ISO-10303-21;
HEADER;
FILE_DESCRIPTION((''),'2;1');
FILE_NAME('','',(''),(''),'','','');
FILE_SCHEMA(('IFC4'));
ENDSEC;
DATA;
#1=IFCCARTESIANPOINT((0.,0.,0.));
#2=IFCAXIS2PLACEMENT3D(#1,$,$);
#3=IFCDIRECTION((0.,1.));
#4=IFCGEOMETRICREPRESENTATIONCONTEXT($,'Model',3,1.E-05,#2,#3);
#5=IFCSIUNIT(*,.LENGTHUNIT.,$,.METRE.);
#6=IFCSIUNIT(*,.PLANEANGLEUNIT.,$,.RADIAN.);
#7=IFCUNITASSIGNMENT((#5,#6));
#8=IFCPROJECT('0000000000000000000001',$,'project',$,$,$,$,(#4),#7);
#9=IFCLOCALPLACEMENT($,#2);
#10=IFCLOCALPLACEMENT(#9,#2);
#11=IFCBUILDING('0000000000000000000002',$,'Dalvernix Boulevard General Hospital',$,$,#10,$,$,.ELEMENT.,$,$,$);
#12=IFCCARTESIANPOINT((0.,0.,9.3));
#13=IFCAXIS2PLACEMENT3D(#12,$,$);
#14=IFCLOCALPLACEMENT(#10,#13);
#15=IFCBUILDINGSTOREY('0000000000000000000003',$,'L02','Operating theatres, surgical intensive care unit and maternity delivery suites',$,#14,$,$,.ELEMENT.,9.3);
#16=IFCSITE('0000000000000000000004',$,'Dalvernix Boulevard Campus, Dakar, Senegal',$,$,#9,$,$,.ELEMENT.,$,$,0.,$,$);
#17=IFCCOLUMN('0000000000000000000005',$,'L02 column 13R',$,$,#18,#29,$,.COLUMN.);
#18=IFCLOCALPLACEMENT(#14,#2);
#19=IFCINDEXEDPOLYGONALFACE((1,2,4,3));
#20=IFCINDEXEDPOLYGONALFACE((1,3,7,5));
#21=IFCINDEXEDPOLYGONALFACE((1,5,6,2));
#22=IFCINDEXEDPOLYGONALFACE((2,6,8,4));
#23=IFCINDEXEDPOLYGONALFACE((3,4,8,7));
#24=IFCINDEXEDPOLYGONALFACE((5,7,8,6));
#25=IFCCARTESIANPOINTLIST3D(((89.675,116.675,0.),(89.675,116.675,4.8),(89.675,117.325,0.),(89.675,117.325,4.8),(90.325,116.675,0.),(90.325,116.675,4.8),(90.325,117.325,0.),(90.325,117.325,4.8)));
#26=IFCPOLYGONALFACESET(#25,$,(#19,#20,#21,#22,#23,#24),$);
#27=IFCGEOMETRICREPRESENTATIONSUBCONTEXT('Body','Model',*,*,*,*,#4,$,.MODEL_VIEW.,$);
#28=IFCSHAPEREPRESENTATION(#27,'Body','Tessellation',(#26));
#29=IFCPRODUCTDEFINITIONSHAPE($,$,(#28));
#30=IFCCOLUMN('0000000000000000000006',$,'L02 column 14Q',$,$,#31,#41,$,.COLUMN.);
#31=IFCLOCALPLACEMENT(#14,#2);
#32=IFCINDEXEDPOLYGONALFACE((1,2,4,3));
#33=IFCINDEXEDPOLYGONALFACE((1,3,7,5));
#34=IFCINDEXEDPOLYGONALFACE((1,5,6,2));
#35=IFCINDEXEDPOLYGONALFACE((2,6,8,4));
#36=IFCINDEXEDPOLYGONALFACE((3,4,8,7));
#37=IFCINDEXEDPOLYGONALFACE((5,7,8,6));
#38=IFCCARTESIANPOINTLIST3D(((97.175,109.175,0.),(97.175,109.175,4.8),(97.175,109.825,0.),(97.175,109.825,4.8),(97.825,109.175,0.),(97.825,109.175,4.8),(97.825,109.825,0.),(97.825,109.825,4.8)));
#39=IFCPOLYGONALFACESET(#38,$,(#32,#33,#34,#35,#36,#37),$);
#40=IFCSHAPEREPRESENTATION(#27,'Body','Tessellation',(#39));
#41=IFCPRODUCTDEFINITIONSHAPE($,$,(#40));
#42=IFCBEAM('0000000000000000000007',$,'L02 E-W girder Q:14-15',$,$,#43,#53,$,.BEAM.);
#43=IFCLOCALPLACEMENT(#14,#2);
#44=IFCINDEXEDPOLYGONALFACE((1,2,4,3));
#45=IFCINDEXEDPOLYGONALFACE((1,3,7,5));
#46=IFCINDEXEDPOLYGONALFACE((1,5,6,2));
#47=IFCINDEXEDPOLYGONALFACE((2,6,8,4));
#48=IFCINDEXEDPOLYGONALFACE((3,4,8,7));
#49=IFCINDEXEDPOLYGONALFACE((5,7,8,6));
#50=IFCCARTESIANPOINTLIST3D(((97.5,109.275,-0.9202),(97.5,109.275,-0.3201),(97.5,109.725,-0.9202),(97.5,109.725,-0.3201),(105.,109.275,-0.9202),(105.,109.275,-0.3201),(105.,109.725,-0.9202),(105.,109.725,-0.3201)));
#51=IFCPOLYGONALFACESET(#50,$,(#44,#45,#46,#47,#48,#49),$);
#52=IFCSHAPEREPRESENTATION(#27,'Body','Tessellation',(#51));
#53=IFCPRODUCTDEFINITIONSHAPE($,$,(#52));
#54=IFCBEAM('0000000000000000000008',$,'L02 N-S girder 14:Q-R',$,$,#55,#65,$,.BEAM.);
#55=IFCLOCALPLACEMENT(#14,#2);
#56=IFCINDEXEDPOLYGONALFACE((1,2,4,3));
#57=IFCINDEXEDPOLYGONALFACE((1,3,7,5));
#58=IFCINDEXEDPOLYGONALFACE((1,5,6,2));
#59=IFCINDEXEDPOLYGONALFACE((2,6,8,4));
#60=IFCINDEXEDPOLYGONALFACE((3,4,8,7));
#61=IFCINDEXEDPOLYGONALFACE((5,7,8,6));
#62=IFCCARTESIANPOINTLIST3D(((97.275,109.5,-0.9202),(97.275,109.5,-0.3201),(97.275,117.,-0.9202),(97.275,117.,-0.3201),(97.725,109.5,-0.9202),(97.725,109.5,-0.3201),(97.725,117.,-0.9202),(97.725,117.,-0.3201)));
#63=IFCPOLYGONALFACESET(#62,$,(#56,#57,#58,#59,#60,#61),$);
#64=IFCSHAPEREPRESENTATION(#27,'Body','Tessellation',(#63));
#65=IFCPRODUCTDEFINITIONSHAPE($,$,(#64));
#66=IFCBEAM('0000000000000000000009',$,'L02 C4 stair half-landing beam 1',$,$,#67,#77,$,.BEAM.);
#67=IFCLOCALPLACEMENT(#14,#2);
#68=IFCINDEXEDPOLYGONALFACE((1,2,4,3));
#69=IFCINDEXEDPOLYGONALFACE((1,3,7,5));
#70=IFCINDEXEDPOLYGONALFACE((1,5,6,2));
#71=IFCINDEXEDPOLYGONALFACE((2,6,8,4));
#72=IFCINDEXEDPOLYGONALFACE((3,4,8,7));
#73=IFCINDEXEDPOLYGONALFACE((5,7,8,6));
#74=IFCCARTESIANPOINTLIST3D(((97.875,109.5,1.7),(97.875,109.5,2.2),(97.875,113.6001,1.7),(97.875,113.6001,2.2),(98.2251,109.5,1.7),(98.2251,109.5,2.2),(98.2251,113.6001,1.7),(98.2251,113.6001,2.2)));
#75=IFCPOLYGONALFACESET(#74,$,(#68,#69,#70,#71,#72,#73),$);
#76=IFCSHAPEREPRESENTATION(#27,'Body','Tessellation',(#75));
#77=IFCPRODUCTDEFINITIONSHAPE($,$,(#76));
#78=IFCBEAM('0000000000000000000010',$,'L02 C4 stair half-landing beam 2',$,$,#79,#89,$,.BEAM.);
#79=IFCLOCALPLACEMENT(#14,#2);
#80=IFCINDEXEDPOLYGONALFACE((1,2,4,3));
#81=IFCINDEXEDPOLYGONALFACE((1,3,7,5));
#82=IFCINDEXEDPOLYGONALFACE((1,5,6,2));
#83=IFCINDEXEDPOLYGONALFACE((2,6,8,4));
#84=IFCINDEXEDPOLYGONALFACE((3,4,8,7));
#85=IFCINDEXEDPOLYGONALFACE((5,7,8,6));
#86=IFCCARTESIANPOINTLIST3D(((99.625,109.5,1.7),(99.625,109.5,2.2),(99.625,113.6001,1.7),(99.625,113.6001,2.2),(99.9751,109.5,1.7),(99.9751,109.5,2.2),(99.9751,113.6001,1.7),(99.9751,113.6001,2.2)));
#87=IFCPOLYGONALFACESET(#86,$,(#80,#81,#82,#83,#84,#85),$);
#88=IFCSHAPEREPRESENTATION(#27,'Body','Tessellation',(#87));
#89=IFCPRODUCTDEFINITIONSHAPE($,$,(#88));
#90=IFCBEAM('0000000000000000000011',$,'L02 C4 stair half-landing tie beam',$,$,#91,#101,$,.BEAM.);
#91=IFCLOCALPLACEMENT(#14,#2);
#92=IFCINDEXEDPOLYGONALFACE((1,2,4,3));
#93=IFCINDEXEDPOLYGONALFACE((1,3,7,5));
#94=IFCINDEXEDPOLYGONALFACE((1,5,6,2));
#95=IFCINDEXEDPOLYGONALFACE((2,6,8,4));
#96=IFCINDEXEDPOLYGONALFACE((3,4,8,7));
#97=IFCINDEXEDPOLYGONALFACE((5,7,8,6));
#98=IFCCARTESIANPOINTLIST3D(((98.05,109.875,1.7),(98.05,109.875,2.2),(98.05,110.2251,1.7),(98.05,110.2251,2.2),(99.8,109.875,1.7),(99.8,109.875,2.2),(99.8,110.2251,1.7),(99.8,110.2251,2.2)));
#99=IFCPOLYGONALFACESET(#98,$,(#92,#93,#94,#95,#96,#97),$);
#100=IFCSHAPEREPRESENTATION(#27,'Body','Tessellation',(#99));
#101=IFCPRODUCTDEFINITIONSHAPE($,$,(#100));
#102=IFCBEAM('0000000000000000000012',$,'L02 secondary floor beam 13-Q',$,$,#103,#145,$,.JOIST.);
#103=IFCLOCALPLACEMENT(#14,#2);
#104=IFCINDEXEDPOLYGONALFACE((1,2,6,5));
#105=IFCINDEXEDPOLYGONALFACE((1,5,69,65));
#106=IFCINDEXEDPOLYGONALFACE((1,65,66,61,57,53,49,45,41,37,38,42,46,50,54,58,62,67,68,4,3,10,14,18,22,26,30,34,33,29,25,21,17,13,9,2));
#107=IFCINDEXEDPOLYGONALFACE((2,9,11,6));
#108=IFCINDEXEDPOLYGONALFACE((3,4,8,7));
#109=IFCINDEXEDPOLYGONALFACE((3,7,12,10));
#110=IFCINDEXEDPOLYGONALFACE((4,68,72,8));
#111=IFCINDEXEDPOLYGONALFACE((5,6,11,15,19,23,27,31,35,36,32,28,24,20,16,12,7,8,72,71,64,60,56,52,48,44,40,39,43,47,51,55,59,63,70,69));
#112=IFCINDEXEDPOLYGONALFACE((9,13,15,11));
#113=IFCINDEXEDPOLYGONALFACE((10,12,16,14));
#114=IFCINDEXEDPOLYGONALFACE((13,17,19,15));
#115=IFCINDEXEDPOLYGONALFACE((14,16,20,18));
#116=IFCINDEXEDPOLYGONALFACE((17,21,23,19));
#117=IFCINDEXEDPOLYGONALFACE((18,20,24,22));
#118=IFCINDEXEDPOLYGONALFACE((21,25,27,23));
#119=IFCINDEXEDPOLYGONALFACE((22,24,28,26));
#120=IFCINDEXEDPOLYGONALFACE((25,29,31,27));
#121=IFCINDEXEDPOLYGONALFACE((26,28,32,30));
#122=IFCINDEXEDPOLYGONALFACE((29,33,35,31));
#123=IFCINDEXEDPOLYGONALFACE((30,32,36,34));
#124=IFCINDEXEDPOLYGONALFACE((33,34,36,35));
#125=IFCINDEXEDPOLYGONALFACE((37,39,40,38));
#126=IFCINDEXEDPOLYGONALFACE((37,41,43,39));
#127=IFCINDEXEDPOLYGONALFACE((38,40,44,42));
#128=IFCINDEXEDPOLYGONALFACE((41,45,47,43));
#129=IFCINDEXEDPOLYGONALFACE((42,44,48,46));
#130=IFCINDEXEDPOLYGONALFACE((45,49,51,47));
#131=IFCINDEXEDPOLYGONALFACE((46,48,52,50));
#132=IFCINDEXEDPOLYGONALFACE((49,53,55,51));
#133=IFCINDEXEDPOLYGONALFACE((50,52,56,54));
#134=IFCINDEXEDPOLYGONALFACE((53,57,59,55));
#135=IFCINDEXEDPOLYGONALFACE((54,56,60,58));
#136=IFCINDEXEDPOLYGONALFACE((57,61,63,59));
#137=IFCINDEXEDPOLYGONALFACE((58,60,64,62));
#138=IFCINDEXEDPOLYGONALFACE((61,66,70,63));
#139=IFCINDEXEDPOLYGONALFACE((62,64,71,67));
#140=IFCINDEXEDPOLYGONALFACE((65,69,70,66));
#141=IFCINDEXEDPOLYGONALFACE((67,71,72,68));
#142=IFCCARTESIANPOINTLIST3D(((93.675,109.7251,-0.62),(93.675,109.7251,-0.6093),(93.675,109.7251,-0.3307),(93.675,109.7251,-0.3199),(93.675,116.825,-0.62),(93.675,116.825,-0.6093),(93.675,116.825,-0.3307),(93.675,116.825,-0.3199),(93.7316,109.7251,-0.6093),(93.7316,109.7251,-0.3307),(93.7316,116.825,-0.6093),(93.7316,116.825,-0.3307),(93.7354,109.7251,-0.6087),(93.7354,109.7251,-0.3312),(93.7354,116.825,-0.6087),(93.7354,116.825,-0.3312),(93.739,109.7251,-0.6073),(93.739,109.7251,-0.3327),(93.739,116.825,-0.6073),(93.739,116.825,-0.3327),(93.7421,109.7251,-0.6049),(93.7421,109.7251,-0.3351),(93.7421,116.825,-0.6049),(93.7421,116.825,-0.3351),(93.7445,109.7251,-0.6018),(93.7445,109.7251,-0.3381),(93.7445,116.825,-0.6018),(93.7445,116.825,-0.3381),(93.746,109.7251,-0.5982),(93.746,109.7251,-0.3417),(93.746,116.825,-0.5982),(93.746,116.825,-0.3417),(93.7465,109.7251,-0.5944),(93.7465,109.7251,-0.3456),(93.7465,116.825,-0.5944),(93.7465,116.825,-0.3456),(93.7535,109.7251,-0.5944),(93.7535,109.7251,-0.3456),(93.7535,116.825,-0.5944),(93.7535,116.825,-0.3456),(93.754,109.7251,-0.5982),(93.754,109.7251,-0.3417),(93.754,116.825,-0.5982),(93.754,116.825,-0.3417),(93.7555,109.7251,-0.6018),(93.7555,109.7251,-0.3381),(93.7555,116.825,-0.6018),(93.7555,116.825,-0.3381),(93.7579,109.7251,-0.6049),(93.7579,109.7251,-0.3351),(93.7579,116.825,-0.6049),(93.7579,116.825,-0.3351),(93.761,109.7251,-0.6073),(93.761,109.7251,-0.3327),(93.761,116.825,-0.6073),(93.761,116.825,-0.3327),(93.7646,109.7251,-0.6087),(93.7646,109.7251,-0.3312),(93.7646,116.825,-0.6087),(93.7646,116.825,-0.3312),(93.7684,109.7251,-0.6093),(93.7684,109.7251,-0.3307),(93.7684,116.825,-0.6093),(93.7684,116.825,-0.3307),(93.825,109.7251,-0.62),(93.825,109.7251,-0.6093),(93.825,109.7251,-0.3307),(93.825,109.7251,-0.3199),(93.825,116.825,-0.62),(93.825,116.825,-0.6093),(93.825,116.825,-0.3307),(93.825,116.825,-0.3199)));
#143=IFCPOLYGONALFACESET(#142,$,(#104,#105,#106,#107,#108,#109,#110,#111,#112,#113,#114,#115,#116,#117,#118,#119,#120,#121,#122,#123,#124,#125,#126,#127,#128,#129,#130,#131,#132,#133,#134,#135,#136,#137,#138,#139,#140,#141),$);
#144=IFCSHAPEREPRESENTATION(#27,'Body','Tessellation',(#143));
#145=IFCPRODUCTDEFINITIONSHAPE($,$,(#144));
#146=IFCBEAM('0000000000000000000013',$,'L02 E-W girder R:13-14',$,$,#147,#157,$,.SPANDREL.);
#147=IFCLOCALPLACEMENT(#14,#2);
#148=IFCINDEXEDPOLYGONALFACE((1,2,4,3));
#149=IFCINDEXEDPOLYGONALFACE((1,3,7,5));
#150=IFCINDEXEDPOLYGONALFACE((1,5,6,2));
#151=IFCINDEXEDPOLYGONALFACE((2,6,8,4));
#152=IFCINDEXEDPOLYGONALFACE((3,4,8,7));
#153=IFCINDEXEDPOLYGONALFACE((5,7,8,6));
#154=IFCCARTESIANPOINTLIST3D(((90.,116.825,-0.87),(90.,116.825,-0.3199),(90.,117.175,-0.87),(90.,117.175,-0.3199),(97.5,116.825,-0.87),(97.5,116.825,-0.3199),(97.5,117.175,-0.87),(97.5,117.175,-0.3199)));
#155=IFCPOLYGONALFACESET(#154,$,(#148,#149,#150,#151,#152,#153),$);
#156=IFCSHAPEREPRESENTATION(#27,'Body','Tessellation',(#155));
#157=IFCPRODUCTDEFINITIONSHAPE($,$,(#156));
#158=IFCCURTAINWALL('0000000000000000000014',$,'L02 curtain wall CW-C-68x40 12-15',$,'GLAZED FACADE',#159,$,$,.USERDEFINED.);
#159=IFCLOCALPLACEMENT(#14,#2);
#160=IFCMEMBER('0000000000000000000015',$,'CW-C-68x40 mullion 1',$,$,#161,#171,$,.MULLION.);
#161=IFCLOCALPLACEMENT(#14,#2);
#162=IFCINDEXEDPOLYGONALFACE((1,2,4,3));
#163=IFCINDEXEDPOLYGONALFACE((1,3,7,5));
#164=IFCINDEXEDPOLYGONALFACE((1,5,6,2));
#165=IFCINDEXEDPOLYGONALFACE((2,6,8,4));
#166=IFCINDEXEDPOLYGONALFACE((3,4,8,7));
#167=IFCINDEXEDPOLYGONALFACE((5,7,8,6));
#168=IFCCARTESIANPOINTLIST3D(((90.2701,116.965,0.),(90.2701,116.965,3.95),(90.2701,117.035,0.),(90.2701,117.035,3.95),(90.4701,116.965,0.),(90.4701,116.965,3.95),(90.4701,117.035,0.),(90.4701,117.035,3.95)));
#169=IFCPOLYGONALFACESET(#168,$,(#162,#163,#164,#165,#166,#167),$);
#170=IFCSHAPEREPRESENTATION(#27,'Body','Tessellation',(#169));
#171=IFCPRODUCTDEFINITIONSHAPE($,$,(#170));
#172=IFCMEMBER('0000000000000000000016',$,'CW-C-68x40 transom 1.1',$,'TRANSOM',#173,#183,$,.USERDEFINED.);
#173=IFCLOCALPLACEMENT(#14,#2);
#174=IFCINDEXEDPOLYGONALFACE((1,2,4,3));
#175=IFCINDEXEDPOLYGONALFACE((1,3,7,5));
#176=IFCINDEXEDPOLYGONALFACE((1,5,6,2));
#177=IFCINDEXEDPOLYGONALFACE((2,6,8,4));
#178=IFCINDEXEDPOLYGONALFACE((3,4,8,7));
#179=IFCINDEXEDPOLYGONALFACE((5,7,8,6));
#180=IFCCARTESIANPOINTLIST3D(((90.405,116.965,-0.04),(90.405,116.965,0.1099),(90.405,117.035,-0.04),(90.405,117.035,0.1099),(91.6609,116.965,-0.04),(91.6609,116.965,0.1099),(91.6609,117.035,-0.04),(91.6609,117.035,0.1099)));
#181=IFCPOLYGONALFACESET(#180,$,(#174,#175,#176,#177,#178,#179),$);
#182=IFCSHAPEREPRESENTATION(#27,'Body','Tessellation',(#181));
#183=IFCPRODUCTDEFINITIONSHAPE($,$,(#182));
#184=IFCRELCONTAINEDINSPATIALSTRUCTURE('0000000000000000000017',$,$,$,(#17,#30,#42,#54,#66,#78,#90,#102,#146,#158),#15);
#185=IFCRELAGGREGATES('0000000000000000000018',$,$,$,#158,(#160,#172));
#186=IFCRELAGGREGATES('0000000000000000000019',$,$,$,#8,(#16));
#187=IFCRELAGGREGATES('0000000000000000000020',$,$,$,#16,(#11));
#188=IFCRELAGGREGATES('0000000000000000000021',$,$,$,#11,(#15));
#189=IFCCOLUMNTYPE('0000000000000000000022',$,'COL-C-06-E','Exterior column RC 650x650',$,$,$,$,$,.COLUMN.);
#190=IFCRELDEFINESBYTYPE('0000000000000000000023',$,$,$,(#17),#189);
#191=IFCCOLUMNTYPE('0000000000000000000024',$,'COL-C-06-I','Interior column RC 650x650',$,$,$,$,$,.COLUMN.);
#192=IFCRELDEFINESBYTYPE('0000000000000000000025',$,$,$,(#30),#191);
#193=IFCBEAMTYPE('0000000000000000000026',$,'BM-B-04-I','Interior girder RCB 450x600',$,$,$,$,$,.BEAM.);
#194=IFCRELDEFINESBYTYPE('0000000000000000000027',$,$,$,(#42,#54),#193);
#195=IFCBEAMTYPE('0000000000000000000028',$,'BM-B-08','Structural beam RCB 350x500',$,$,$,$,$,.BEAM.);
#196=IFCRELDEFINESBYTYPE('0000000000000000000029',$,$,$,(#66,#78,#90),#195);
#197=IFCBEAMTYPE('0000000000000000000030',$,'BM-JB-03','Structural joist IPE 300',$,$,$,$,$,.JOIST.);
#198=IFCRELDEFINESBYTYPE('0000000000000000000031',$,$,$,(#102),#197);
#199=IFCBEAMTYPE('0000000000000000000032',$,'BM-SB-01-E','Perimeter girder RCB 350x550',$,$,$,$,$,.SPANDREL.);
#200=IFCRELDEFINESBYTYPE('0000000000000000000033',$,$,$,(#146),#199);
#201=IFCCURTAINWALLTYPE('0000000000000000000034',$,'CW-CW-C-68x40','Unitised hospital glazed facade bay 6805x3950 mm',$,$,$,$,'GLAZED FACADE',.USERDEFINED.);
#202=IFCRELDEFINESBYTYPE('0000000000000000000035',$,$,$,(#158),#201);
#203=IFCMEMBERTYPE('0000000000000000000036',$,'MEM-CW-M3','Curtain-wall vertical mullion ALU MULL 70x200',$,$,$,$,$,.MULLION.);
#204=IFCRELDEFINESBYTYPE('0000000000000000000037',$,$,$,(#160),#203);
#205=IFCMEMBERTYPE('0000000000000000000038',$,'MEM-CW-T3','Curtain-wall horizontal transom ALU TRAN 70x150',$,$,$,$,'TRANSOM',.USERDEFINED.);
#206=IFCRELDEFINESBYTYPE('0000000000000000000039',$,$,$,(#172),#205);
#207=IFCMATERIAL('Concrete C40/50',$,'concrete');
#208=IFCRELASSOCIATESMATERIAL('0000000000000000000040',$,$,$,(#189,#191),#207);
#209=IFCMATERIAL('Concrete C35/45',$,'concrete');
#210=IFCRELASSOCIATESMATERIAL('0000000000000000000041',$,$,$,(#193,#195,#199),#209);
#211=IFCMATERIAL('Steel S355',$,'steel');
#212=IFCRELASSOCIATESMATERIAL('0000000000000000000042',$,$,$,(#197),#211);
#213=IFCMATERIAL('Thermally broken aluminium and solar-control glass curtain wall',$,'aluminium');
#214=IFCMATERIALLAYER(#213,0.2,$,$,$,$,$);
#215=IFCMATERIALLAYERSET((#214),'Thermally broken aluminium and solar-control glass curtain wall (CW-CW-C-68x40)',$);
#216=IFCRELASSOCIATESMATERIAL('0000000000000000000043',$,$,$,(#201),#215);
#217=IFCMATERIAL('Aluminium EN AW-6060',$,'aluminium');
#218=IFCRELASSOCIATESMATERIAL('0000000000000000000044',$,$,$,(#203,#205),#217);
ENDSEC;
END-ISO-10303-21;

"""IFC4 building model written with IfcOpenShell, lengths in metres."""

from ifc_helpers import new_model, si_unit, direction, frame, origin, origin_2d, place, context, subcontext, project, spatial, rectangle, i_section, extrude, material, layer, layer_set, material_profile, profile_set, type_object, element, aggregate, save


model = new_model("IFC4")

# Units and contexts
model_context = context("Model", 3, precision=1e-05, world=origin(), true_north=direction((0.0, 1.0)))
body_context = subcontext(model_context, "Body", "Model", "MODEL_VIEW")
ifc_project = project(units=[si_unit("LENGTHUNIT", "METRE"), si_unit("PLANEANGLEUNIT", "RADIAN")], contexts=[model_context])

# Site, building, storey
site_placement = place(None, origin())
site = spatial("IfcSite", under=ifc_project, at=site_placement, Name="Dalvernix Boulevard Campus, Dakar, Senegal", CompositionType="ELEMENT", RefElevation=0.0)
building_placement = place(site_placement, origin())
building = spatial("IfcBuilding", under=site, at=building_placement, Name="Dalvernix Boulevard General Hospital", CompositionType="ELEMENT")
storey_placement = place(building_placement, frame((0.0, 0.0, 9.3)))
storey = spatial("IfcBuildingStorey", under=building, at=storey_placement, Name="L02", Description="Operating theatres, surgical intensive care unit and maternity delivery suites", CompositionType="ELEMENT", Elevation=9.3)

# Columns
ifc_material_1 = material(Name="Concrete C40/50", Category="concrete")
ifc_material_profile_1 = material_profile(ifc_material_1, rectangle(XDim=0.6499, YDim=0.6499, at=origin_2d()), Name="RC 650x650")
ifc_profile_set_1 = profile_set([ifc_material_profile_1], Name="Concrete C40/50")
column_type_1 = type_object("IfcColumnType", Name="COL-C-06-E", Description="Exterior column RC 650x650", PredefinedType="COLUMN", material=ifc_profile_set_1)
column_1_placement = place(storey_placement, frame((90.0, 117.0, 0.0), z_axis=(0.0, 0.0, 1.0), x_axis=(1.0, 0.0, 0.0)))
element("IfcColumn", 1, at=column_1_placement, inside=storey, type_object=column_type_1, Name="L02 column 13R", PredefinedType="COLUMN", context=body_context, shape_type="SweptSolid", body=[
    extrude(rectangle(XDim=0.6499, YDim=0.6499, at=origin_2d()), origin(), (0.0, 0.0, 1.0), 4.8),
])
ifc_material_profile_2 = material_profile(ifc_material_1, rectangle(XDim=0.6499, YDim=0.6499, at=origin_2d()), Name="RC 650x650")
ifc_profile_set_2 = profile_set([ifc_material_profile_2], Name="Concrete C40/50")
column_type_2 = type_object("IfcColumnType", Name="COL-C-06-I", Description="Interior column RC 650x650", PredefinedType="COLUMN", material=ifc_profile_set_2)
column_2_placement = place(storey_placement, frame((97.5, 109.5, 0.0), z_axis=(0.0, 0.0, 1.0), x_axis=(1.0, 0.0, 0.0)))
element("IfcColumn", 2, at=column_2_placement, inside=storey, type_object=column_type_2, Name="L02 column 14Q", PredefinedType="COLUMN", context=body_context, shape_type="SweptSolid", body=[
    extrude(rectangle(XDim=0.6499, YDim=0.6499, at=origin_2d()), origin(), (0.0, 0.0, 1.0), 4.8),
])

# Beams
ifc_material_2 = material(Name="Concrete C35/45", Category="concrete")
ifc_material_profile_3 = material_profile(ifc_material_2, rectangle(XDim=0.45, YDim=0.6001, at=origin_2d()), Name="RCB 450x600")
ifc_profile_set_3 = profile_set([ifc_material_profile_3], Name="Concrete C35/45")
beam_type_1 = type_object("IfcBeamType", Name="BM-B-04-I", Description="Interior girder RCB 450x600", PredefinedType="BEAM", material=ifc_profile_set_3)
for number, where, z_axis, x_axis, name in (
    (3, (97.5, 109.5, -0.6201), (1.0, 0.0, 0.0), (0.0, 1.0, 0.0), "L02 E-W girder Q:14-15"),
    (4, (97.5, 109.5, -0.6201), (0.0, 1.0, 0.0), (-1.0, 0.0, 0.0), "L02 N-S girder 14:Q-R"),
):
    element("IfcBeam", number, at=place(storey_placement, frame(where, z_axis=z_axis, x_axis=x_axis)), inside=storey, type_object=beam_type_1, Name=name, PredefinedType="BEAM", context=body_context, shape_type="SweptSolid", body=[
        extrude(rectangle(XDim=0.45, YDim=0.6001, at=origin_2d()), origin(), (0.0, 0.0, 1.0), 7.5),
    ])
ifc_material_profile_4 = material_profile(ifc_material_2, rectangle(XDim=0.3501, YDim=0.5, at=origin_2d()), Name="RCB 350x500")
ifc_profile_set_4 = profile_set([ifc_material_profile_4], Name="Concrete C35/45")
beam_type_2 = type_object("IfcBeamType", Name="BM-B-08", Description="Structural beam RCB 350x500", PredefinedType="BEAM", material=ifc_profile_set_4)
for number, where, z_axis, x_axis, name in (
    (5, (98.05, 109.5, 1.95), (0.0, 1.0, 0.0), (-1.0, 0.0, 0.0), "L02 C4 stair half-landing beam 1"),
    (6, (99.8, 109.5, 1.95), (0.0, 1.0, 0.0), (-1.0, 0.0, 0.0), "L02 C4 stair half-landing beam 2"),
):
    element("IfcBeam", number, at=place(storey_placement, frame(where, z_axis=z_axis, x_axis=x_axis)), inside=storey, type_object=beam_type_2, Name=name, PredefinedType="BEAM", context=body_context, shape_type="SweptSolid", body=[
        extrude(rectangle(XDim=0.3501, YDim=0.5, at=origin_2d()), origin(), (0.0, 0.0, 1.0), 4.1001),
    ])
beam_1_placement = place(storey_placement, frame((98.05, 110.05, 1.95), z_axis=(1.0, 0.0, 0.0), x_axis=(0.0, 1.0, 0.0)))
element("IfcBeam", 7, at=beam_1_placement, inside=storey, type_object=beam_type_2, Name="L02 C4 stair half-landing tie beam", PredefinedType="BEAM", context=body_context, shape_type="SweptSolid", body=[
    extrude(rectangle(XDim=0.3501, YDim=0.5, at=origin_2d()), origin(), (0.0, 0.0, 1.0), 1.75),
])
ifc_material_3 = material(Name="Steel S355", Category="steel")
ifc_material_profile_5 = material_profile(ifc_material_3, i_section(OverallWidth=0.1499, OverallDepth=0.3, WebThickness=0.0071, FlangeThickness=0.0107, FilletRadius=0.0149, at=origin_2d()), Name="IPE 300")
ifc_profile_set_5 = profile_set([ifc_material_profile_5], Name="Steel S355")
beam_type_3 = type_object("IfcBeamType", Name="BM-JB-03", Description="Structural joist IPE 300", PredefinedType="JOIST", material=ifc_profile_set_5)
beam_2_placement = place(storey_placement, frame((93.75, 109.7251, -0.47), z_axis=(0.0, 1.0, 0.0), x_axis=(-1.0, 0.0, 0.0)))
element("IfcBeam", 8, at=beam_2_placement, inside=storey, type_object=beam_type_3, Name="L02 secondary floor beam 13-Q", PredefinedType="JOIST", context=body_context, shape_type="SweptSolid", body=[
    extrude(i_section(OverallWidth=0.1499, OverallDepth=0.3, WebThickness=0.0071, FlangeThickness=0.0107, FilletRadius=0.0149, at=origin_2d()), origin(), (0.0, 0.0, 1.0), 7.0999),
])
ifc_material_profile_6 = material_profile(ifc_material_2, rectangle(XDim=0.3501, YDim=0.55, at=origin_2d()), Name="RCB 350x550")
ifc_profile_set_6 = profile_set([ifc_material_profile_6], Name="Concrete C35/45")
beam_type_4 = type_object("IfcBeamType", Name="BM-SB-01-E", Description="Perimeter girder RCB 350x550", PredefinedType="SPANDREL", material=ifc_profile_set_6)
beam_3_placement = place(storey_placement, frame((90.0, 117.0, -0.595), z_axis=(1.0, 0.0, 0.0), x_axis=(0.0, 1.0, 0.0)))
element("IfcBeam", 9, at=beam_3_placement, inside=storey, type_object=beam_type_4, Name="L02 E-W girder R:13-14", PredefinedType="SPANDREL", context=body_context, shape_type="SweptSolid", body=[
    extrude(rectangle(XDim=0.3501, YDim=0.55, at=origin_2d()), origin(), (0.0, 0.0, 1.0), 7.5),
])

# Curtain wall, members
ifc_material_4 = material(Name="Thermally broken aluminium and solar-control glass curtain wall", Category="aluminium")
ifc_layer_1 = layer(ifc_material_4, 0.2)
ifc_layer_set_1 = layer_set([ifc_layer_1], Name="Thermally broken aluminium and solar-control glass curtain wall (CW-CW-C-68x40)")
curtain_wall_type = type_object("IfcCurtainWallType", Name="CW-CW-C-68x40", Description="Unitised hospital glazed facade bay 6805x3950 mm", ElementType="GLAZED FACADE", PredefinedType="USERDEFINED", material=ifc_layer_set_1)
curtain_wall_placement = place(storey_placement, origin())
curtain_wall = element("IfcCurtainWall", 10, at=curtain_wall_placement, inside=storey, type_object=curtain_wall_type, Name="L02 curtain wall CW-C-68x40 12-15", ObjectType="GLAZED FACADE", PredefinedType="USERDEFINED")
ifc_material_5 = material(Name="Aluminium EN AW-6060", Category="aluminium")
ifc_material_profile_7 = material_profile(ifc_material_5, rectangle(XDim=0.0701, YDim=0.2, at=origin_2d()), Name="ALU MULL 70x200")
ifc_profile_set_7 = profile_set([ifc_material_profile_7], Name="Aluminium EN AW-6060")
member_type_1 = type_object("IfcMemberType", Name="MEM-CW-M3", Description="Curtain-wall vertical mullion ALU MULL 70x200", PredefinedType="MULLION", material=ifc_profile_set_7)
member_1_placement = place(storey_placement, frame((90.3701, 117.0, 0.0), z_axis=(0.0, 0.0, 1.0), x_axis=(0.0, 1.0, 0.0)))
member_1 = element("IfcMember", 11, at=member_1_placement, type_object=member_type_1, Name="CW-C-68x40 mullion 1", PredefinedType="MULLION", context=body_context, shape_type="SweptSolid", body=[
    extrude(rectangle(XDim=0.0701, YDim=0.2, at=origin_2d()), origin(), (0.0, 0.0, 1.0), 3.95),
])
ifc_material_profile_8 = material_profile(ifc_material_5, rectangle(XDim=0.0701, YDim=0.1499, at=origin_2d()), Name="ALU TRAN 70x150")
ifc_profile_set_8 = profile_set([ifc_material_profile_8], Name="Aluminium EN AW-6060")
member_type_2 = type_object("IfcMemberType", Name="MEM-CW-T3", Description="Curtain-wall horizontal transom ALU TRAN 70x150", ElementType="TRANSOM", PredefinedType="USERDEFINED", material=ifc_profile_set_8)
member_2_placement = place(storey_placement, frame((90.405, 117.0, 0.0349), z_axis=(1.0, 0.0, 0.0), x_axis=(0.0, 1.0, 0.0)))
member_2 = element("IfcMember", 12, at=member_2_placement, type_object=member_type_2, Name="CW-C-68x40 transom 1.1", ObjectType="TRANSOM", PredefinedType="USERDEFINED", context=body_context, shape_type="SweptSolid", body=[
    extrude(rectangle(XDim=0.0701, YDim=0.1499, at=origin_2d()), origin(), (0.0, 0.0, 1.0), 1.2559),
])
aggregate(curtain_wall, [member_1, member_2])

save(model, "model.ifc")
